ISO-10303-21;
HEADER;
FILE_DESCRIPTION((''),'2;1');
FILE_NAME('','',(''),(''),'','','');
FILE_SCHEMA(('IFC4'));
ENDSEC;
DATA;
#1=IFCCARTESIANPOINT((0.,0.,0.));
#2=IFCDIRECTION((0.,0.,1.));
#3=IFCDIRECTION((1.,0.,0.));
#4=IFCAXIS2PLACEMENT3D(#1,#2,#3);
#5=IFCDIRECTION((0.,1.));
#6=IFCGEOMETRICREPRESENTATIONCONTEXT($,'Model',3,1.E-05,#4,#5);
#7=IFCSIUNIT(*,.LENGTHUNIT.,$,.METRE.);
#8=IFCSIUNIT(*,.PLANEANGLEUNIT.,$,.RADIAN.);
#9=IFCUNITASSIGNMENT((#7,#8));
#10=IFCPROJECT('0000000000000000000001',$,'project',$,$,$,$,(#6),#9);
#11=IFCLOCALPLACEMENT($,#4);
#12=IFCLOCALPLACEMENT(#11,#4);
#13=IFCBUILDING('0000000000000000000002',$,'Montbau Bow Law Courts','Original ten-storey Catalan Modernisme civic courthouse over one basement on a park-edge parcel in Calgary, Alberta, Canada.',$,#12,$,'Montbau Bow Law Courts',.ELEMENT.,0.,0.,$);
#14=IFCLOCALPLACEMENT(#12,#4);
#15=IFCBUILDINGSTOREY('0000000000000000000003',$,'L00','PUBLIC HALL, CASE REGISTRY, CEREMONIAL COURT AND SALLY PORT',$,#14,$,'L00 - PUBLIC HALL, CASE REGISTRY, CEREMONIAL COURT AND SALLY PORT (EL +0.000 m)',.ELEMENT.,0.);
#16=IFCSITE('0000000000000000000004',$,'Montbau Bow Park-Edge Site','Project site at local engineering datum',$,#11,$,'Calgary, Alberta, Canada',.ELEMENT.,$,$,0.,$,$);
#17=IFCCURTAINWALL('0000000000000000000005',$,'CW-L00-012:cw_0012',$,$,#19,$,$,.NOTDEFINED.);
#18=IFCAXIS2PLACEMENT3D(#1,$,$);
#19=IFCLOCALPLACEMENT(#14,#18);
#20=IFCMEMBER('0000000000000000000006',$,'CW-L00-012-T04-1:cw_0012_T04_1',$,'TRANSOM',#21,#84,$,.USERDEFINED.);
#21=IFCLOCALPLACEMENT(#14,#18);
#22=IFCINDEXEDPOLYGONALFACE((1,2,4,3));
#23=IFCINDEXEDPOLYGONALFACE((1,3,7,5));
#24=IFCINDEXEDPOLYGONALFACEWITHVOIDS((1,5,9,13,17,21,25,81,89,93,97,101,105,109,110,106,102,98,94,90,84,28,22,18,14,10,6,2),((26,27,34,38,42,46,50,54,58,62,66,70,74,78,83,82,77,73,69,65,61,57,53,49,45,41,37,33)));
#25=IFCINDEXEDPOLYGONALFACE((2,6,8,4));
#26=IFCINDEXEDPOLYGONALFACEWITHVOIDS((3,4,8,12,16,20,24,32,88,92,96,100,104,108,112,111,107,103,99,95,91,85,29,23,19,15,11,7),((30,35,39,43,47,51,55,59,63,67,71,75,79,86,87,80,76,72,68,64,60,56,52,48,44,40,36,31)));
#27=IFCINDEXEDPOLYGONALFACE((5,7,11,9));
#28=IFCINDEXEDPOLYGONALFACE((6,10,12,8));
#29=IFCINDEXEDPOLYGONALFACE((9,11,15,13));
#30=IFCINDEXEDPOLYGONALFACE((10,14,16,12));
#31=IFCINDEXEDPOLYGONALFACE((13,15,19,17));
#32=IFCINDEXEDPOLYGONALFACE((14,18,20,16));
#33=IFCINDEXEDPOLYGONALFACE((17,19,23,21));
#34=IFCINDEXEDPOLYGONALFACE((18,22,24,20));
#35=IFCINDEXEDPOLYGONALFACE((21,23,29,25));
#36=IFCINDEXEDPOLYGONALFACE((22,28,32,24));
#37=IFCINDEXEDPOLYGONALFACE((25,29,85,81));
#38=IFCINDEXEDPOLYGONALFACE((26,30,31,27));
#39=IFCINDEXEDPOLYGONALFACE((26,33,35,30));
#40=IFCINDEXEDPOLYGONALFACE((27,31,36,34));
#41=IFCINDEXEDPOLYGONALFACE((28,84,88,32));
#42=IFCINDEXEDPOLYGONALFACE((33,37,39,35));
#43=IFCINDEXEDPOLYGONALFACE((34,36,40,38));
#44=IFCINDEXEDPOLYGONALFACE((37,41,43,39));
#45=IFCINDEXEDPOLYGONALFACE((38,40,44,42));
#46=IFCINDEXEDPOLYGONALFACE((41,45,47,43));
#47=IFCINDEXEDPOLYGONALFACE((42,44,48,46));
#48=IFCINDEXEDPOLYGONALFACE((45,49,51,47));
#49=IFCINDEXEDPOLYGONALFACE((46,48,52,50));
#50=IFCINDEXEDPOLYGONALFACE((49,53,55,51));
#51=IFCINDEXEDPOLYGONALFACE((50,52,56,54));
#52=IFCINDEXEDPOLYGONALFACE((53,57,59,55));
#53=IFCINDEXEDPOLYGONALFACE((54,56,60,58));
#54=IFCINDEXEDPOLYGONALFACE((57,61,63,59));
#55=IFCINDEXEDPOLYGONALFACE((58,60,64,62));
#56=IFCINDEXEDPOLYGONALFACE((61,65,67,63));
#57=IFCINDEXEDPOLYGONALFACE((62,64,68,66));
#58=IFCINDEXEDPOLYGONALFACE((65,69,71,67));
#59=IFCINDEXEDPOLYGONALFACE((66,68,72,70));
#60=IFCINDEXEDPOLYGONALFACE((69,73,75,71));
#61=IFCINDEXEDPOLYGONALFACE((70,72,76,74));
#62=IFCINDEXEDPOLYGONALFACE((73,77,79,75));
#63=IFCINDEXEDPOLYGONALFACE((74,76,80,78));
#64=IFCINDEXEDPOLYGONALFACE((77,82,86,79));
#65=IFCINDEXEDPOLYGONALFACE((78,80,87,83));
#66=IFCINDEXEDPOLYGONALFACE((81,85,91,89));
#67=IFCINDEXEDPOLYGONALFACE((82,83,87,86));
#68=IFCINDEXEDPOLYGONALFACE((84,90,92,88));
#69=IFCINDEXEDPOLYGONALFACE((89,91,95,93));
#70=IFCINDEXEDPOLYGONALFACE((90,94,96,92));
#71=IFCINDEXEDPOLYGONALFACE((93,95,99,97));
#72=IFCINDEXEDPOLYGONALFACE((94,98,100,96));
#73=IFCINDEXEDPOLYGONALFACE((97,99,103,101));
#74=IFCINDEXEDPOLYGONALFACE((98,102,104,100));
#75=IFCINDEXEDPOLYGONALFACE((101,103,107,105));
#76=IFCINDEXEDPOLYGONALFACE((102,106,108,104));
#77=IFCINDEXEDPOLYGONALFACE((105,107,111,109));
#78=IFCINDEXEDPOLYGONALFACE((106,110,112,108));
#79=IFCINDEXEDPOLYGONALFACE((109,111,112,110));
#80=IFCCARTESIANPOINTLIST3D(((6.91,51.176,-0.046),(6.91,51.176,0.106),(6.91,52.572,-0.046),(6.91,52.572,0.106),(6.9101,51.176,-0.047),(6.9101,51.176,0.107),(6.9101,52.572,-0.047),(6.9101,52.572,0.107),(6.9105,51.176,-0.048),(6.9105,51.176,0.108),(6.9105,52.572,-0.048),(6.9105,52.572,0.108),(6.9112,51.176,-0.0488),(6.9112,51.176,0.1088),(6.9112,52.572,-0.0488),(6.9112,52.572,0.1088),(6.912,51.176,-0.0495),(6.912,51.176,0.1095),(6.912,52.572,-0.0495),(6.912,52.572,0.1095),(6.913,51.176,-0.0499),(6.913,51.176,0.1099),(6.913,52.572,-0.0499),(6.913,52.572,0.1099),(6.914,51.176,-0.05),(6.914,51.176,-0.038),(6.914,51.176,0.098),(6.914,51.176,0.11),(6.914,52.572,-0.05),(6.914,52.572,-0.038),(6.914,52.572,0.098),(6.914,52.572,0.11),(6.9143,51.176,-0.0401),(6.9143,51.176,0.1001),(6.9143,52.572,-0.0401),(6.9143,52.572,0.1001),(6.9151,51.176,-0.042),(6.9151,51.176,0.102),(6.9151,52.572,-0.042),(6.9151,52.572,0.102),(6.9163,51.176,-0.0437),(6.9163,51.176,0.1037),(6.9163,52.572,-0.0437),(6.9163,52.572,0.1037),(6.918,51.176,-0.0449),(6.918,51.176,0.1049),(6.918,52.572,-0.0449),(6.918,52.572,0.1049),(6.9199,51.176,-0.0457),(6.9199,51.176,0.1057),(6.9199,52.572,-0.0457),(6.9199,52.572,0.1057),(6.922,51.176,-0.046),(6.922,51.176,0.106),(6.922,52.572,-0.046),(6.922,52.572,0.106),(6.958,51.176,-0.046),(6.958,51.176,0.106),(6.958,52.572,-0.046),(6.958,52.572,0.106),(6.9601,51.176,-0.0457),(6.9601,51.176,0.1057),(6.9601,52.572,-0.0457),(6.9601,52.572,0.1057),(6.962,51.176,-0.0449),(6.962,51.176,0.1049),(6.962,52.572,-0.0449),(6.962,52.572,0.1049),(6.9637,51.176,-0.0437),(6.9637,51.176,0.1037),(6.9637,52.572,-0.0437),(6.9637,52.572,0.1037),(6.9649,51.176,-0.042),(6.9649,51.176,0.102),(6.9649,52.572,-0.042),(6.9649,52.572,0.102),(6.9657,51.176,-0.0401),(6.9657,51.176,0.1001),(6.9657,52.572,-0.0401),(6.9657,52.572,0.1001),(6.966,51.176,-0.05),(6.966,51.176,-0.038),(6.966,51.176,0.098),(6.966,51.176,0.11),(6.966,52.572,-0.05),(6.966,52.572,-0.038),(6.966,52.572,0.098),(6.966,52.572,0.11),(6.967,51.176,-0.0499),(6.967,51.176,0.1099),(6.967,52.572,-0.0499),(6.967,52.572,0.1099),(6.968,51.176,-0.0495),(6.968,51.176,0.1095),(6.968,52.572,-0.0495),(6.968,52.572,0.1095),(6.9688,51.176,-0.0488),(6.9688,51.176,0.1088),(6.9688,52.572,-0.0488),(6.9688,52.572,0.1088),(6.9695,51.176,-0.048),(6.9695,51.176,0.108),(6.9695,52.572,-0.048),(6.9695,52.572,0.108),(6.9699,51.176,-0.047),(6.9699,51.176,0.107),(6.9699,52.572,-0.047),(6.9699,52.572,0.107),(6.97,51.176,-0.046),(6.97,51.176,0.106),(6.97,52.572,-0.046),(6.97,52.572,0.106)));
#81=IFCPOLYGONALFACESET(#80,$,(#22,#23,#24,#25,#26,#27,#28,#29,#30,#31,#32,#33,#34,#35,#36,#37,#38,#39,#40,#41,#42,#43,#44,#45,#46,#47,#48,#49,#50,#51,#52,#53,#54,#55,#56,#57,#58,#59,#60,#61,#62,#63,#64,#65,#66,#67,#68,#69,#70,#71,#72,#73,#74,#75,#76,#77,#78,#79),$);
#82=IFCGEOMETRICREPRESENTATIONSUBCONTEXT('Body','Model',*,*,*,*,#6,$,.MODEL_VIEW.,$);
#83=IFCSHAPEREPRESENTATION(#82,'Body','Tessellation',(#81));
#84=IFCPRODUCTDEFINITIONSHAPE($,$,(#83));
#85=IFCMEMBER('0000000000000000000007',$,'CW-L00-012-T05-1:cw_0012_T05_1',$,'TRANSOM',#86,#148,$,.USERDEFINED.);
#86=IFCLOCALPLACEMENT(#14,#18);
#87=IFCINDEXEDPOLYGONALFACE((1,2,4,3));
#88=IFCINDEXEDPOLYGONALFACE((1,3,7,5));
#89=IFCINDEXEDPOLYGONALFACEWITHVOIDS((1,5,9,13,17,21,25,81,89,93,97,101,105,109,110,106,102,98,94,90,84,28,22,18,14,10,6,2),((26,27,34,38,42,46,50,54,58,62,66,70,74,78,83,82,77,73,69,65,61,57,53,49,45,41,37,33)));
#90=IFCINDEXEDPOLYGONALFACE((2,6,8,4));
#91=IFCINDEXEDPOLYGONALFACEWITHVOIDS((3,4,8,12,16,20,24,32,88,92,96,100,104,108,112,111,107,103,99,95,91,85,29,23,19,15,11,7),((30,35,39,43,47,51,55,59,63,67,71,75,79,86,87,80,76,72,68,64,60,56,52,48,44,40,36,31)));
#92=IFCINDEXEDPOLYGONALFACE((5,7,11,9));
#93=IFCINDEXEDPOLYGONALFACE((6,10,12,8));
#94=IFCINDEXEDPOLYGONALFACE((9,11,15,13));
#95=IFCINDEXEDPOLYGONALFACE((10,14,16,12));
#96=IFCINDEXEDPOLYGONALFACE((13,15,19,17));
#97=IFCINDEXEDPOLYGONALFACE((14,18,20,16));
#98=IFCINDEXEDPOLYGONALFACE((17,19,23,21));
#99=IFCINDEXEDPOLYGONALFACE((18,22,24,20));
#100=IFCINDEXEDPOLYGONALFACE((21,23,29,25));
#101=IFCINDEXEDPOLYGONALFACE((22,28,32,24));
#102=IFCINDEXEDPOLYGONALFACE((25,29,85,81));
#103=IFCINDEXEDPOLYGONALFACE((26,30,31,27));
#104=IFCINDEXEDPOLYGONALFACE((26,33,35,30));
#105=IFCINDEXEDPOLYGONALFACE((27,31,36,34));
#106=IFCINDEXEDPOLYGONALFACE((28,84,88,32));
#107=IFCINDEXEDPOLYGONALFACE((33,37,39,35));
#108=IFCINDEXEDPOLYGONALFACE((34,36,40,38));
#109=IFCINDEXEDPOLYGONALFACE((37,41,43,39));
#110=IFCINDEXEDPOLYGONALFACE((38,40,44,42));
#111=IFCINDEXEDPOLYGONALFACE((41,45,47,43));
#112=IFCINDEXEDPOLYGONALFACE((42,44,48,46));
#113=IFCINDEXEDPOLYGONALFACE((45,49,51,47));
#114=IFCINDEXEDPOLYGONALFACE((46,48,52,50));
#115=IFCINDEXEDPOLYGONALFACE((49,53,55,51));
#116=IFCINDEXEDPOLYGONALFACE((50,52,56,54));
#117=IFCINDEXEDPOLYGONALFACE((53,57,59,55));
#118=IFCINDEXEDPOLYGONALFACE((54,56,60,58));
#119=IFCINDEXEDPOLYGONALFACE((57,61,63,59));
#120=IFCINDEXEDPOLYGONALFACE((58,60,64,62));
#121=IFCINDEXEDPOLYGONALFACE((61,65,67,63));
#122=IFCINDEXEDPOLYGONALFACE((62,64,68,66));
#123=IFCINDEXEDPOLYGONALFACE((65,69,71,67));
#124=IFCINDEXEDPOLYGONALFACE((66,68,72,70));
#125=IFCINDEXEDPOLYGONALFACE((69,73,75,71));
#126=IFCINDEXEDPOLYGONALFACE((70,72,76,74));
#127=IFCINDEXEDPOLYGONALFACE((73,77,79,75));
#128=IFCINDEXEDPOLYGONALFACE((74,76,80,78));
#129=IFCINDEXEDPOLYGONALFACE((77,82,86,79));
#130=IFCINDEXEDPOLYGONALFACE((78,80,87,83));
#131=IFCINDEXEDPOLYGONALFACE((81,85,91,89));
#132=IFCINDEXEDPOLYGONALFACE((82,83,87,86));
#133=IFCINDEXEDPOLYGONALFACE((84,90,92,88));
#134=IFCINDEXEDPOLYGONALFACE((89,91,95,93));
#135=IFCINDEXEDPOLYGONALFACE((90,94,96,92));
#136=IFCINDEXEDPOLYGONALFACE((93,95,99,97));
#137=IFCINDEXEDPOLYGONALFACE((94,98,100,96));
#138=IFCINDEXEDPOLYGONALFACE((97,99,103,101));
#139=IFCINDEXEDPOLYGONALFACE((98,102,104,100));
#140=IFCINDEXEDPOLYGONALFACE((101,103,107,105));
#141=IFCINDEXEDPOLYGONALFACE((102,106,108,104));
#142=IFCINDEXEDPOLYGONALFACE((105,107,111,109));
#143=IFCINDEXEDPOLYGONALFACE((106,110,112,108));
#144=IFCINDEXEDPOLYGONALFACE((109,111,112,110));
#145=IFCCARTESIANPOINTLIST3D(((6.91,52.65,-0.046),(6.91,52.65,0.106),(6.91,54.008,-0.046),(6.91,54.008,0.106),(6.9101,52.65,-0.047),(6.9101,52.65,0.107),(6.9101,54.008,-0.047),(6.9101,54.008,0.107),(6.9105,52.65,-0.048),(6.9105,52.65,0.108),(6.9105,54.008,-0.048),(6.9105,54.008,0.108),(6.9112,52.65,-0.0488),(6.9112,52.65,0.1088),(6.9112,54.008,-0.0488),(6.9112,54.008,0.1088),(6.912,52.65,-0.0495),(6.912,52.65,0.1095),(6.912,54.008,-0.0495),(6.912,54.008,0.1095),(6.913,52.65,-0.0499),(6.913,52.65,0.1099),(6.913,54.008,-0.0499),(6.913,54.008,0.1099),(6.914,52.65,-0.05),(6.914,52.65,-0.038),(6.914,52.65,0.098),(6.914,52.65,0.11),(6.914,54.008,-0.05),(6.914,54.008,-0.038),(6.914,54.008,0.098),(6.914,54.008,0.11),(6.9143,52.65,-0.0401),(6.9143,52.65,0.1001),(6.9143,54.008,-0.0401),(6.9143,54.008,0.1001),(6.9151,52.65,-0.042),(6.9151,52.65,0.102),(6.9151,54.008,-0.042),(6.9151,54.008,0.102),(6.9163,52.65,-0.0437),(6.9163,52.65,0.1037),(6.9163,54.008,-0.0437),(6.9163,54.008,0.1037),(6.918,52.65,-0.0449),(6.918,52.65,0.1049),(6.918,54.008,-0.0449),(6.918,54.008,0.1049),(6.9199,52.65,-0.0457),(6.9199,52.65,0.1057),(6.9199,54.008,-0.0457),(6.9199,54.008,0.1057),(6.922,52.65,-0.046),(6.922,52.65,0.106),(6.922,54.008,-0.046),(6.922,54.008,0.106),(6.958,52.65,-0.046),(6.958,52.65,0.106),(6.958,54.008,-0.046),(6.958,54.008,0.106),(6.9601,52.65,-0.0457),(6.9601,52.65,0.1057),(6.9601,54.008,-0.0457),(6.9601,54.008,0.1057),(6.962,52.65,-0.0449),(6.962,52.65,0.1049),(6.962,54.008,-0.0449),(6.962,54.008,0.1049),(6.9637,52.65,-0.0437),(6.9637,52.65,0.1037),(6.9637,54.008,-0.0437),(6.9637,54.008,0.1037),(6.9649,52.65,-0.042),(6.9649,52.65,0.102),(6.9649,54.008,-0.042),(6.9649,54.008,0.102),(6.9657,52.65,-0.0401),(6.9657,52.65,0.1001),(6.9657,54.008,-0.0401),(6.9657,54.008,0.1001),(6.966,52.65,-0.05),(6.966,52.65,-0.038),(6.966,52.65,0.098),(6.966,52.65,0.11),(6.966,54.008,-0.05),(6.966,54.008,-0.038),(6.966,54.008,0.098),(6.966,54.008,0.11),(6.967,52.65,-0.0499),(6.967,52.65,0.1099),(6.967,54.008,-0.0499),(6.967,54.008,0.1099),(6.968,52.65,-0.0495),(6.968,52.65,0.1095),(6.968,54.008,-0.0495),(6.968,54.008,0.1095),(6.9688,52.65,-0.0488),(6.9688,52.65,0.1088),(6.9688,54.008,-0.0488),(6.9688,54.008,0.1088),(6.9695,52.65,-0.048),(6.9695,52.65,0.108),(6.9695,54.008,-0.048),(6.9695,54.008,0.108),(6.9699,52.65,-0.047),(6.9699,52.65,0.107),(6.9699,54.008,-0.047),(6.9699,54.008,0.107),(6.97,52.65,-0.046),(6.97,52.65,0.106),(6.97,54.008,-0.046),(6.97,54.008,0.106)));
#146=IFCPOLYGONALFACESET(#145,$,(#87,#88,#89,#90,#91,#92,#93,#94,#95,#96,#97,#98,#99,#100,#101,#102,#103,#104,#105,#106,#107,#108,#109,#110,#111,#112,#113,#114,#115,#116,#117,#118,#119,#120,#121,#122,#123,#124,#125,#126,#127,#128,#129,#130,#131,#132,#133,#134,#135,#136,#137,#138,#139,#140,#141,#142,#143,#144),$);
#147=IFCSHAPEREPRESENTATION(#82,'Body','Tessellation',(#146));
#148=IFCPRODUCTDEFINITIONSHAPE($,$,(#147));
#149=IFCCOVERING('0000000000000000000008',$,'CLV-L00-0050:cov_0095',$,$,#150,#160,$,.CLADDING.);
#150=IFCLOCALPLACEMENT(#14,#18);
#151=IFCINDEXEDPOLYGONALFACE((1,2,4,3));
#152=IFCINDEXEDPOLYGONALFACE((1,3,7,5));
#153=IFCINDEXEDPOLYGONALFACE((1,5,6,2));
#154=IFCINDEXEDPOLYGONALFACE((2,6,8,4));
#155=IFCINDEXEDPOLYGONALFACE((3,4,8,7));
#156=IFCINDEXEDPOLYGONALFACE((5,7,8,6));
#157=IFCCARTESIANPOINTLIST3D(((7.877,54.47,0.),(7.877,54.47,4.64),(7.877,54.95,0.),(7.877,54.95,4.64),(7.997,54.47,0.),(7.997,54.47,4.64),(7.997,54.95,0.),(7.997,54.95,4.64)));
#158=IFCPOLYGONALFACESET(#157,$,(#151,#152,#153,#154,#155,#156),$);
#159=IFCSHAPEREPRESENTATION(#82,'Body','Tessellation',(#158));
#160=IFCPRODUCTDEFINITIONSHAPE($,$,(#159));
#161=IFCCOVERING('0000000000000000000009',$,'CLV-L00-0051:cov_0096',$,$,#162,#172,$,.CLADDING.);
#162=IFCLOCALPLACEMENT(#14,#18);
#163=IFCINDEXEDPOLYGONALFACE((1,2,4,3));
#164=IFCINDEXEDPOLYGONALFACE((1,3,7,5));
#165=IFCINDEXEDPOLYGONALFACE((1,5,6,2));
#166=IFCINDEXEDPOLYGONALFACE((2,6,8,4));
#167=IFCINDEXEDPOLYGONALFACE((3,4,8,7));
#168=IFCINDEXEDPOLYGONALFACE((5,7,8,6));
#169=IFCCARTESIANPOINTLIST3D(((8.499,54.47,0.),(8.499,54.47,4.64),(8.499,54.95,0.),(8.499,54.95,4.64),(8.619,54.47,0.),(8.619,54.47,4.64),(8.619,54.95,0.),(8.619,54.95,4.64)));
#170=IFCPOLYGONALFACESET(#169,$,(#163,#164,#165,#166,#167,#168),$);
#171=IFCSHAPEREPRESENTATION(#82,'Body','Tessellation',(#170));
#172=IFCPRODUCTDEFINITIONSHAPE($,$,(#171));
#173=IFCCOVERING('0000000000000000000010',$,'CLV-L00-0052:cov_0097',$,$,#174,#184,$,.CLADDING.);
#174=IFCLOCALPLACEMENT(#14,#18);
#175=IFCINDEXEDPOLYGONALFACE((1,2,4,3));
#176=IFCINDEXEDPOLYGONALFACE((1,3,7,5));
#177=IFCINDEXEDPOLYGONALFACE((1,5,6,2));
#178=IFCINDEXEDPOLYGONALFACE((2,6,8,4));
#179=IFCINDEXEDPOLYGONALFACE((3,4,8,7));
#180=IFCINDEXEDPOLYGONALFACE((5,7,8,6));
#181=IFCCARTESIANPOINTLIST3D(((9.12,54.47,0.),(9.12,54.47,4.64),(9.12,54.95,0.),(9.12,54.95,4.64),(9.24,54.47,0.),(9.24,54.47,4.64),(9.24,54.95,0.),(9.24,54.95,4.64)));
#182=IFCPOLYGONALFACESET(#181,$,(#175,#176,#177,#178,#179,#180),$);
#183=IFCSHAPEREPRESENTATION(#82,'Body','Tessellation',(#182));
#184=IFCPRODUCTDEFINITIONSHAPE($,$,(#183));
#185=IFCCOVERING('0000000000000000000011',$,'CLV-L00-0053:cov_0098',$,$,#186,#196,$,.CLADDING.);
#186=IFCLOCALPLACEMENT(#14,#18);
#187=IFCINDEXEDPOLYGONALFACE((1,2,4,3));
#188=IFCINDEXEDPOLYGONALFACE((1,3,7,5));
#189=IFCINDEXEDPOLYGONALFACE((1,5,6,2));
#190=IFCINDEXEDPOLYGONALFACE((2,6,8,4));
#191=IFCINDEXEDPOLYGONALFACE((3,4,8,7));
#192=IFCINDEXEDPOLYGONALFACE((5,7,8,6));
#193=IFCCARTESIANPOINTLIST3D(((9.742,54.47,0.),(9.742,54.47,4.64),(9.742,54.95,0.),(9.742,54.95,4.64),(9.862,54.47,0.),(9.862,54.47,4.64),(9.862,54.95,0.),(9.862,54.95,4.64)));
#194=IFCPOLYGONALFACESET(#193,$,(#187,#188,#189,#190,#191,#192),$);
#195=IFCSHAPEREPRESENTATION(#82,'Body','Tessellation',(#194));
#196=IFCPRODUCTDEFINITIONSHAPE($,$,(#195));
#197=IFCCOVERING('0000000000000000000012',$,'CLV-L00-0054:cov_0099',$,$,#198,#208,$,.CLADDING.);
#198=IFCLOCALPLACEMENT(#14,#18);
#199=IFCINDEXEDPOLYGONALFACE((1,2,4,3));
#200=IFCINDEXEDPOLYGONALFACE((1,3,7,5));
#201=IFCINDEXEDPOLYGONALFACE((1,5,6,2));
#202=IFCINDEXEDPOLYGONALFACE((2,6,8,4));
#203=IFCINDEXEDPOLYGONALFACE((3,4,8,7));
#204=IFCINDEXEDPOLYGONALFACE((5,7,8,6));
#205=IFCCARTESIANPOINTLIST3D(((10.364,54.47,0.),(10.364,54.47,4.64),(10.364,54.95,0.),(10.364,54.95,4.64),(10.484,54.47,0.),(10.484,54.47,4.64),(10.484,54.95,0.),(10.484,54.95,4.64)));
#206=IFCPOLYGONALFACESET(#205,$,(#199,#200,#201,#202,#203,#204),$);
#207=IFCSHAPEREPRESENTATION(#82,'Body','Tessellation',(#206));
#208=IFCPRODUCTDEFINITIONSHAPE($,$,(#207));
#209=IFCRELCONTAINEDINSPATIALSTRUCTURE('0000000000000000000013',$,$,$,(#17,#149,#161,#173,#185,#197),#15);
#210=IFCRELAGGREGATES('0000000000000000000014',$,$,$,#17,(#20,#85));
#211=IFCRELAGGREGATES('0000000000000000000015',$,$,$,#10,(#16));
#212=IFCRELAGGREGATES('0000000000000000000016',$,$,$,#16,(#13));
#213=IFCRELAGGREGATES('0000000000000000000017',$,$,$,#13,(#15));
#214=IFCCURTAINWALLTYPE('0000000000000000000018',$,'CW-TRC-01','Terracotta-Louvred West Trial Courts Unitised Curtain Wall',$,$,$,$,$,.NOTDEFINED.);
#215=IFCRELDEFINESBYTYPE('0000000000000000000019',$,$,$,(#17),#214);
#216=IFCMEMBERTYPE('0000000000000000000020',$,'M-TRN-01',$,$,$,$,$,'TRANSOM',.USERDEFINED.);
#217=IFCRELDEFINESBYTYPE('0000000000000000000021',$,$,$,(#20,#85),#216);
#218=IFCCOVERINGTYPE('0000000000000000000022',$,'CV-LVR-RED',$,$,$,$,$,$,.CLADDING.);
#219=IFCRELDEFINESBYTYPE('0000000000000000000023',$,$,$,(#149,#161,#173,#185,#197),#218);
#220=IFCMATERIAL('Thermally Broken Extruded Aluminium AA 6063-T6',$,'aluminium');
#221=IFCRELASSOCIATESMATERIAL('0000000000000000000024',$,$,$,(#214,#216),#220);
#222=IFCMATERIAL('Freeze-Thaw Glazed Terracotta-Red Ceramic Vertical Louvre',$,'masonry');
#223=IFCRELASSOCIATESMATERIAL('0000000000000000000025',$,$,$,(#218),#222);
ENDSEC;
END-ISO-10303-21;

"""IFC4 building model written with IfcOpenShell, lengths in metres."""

from ifc_helpers import new_model, si_unit, direction, frame, frame_2d, origin_with_axes, origin_2d_with_axis, place, context, subcontext, project, spatial, rectangle, hollow_rectangle, extrude, material, material_profile, profile_set, type_object, element, aggregate, save


model = new_model("IFC4")

# Units and contexts
model_context = context("Model", 3, precision=1e-05, world=origin_with_axes(), true_north=direction((0.0, 1.0)))
body_context = subcontext(model_context, "Body", "Model", "MODEL_VIEW")
ifc_project = project(units=[si_unit("LENGTHUNIT", "METRE"), si_unit("PLANEANGLEUNIT", "RADIAN")], contexts=[model_context])

# Site, building, storey
site_placement = place(None, origin_with_axes())
site = spatial("IfcSite", under=ifc_project, at=site_placement, Name="Montbau Bow Park-Edge Site", Description="Project site at local engineering datum", LongName="Calgary, Alberta, Canada", CompositionType="ELEMENT", RefElevation=0.0)
building_placement = place(site_placement, origin_with_axes())
building = spatial("IfcBuilding", under=site, at=building_placement, Name="Montbau Bow Law Courts", Description="Original ten-storey Catalan Modernisme civic courthouse over one basement on a park-edge parcel in Calgary, Alberta, Canada.", LongName="Montbau Bow Law Courts", CompositionType="ELEMENT", ElevationOfRefHeight=0.0, ElevationOfTerrain=0.0)
storey_placement = place(building_placement, origin_with_axes())
storey = spatial("IfcBuildingStorey", under=building, at=storey_placement, Name="L00", Description="PUBLIC HALL, CASE REGISTRY, CEREMONIAL COURT AND SALLY PORT", LongName="L00 - PUBLIC HALL, CASE REGISTRY, CEREMONIAL COURT AND SALLY PORT (EL +0.000 m)", CompositionType="ELEMENT", Elevation=0.0)

# Curtain wall
ifc_material_1 = material(Name="Thermally Broken Extruded Aluminium AA 6063-T6", Category="aluminium")
curtain_wall_type = type_object("IfcCurtainWallType", Name="CW-TRC-01", Description="Terracotta-Louvred West Trial Courts Unitised Curtain Wall", PredefinedType="NOTDEFINED", material=ifc_material_1)
curtain_wall_1_placement = place(None, frame((6.94, 46.715, 0.0), z_axis=(0.0, 0.0, 1.0), x_axis=(1.0, 0.0, 0.0)))
curtain_wall_1 = element("IfcCurtainWall", 1, at=curtain_wall_1_placement, inside=storey, type_object=curtain_wall_type, Name="CW-L00-012:cw_0012", PredefinedType="NOTDEFINED")

# Members
ifc_material_profile_1 = material_profile(ifc_material_1, hollow_rectangle(XDim=0.06, YDim=0.16, WallThickness=0.004, InnerFilletRadius=0.008, OuterFilletRadius=0.004, at=origin_2d_with_axis()), Name="CWT-160X60", Category="Main", Priority=0)
ifc_profile_set_1 = profile_set([ifc_material_profile_1], Name="Thermally Broken Extruded Aluminium AA 6063-T6")
member_type_1 = type_object("IfcMemberType", Name="M-TRN-01", ElementType="TRANSOM", PredefinedType="USERDEFINED", material=ifc_profile_set_1)
member_1_placement = place(None, frame((6.94, 51.176, 0.03), z_axis=(0.0, 1.0, 0.0), x_axis=(-1.0, 0.0, 0.0)))
member_1 = element("IfcMember", 2, at=member_1_placement, type_object=member_type_1, Name="CW-L00-012-T04-1:cw_0012_T04_1", ObjectType="TRANSOM", PredefinedType="USERDEFINED", context=body_context, shape_type="SweptSolid", body=[
    extrude(hollow_rectangle(XDim=0.06, YDim=0.16, WallThickness=0.004, InnerFilletRadius=0.008, OuterFilletRadius=0.004, at=origin_2d_with_axis()), origin_with_axes(), (0.0, 0.0, 1.0), 1.396),
])
member_2_placement = place(None, frame((6.94, 52.65, 0.03), z_axis=(0.0, 1.0, 0.0), x_axis=(-1.0, 0.0, 0.0)))
member_2 = element("IfcMember", 3, at=member_2_placement, type_object=member_type_1, Name="CW-L00-012-T05-1:cw_0012_T05_1", ObjectType="TRANSOM", PredefinedType="USERDEFINED", context=body_context, shape_type="SweptSolid", body=[
    extrude(hollow_rectangle(XDim=0.06, YDim=0.16, WallThickness=0.004, InnerFilletRadius=0.008, OuterFilletRadius=0.004, at=origin_2d_with_axis()), origin_with_axes(), (0.0, 0.0, 1.0), 1.358),
])
aggregate(curtain_wall_1, [member_1, member_2])

# Coverings
ifc_material_2 = material(Name="Freeze-Thaw Glazed Terracotta-Red Ceramic Vertical Louvre", Category="masonry")
covering_type = type_object("IfcCoveringType", Name="CV-LVR-RED", PredefinedType="CLADDING", material=ifc_material_2)
for number, where, z_axis, x_axis, name in (
    (4, (7.937, 54.47, 0.0), (1.0, 0.0, 0.0), (0.0, 1.0, 0.0), "CLV-L00-0050:cov_0095"),
    (5, (8.559, 54.47, 0.0), (1.0, 0.0, 0.0), (0.0, 1.0, 0.0), "CLV-L00-0051:cov_0096"),
    (6, (9.18, 54.47, 0.0), (1.0, 0.0, 0.0), (0.0, 1.0, 0.0), "CLV-L00-0052:cov_0097"),
    (7, (9.802, 54.47, 0.0), (1.0, 0.0, 0.0), (0.0, 1.0, 0.0), "CLV-L00-0053:cov_0098"),
    (8, (10.424, 54.47, 0.0), (1.0, 0.0, 0.0), (0.0, 1.0, 0.0), "CLV-L00-0054:cov_0099"),
):
    element("IfcCovering", number, at=place(None, frame(where, z_axis=z_axis, x_axis=x_axis)), inside=storey, type_object=covering_type, Name=name, PredefinedType="CLADDING", context=body_context, shape_type="SweptSolid", body=[
        extrude(rectangle(XDim=0.48, YDim=4.64, at=frame_2d((0.24, 2.32), x_axis=(1.0, 0.0))), frame((0.0, 0.0, -0.06), z_axis=(0.0, 0.0, 1.0), x_axis=(1.0, 0.0, 0.0)), (0.0, 0.0, 1.0), 0.12),
    ])

save(model, "model.ifc")
